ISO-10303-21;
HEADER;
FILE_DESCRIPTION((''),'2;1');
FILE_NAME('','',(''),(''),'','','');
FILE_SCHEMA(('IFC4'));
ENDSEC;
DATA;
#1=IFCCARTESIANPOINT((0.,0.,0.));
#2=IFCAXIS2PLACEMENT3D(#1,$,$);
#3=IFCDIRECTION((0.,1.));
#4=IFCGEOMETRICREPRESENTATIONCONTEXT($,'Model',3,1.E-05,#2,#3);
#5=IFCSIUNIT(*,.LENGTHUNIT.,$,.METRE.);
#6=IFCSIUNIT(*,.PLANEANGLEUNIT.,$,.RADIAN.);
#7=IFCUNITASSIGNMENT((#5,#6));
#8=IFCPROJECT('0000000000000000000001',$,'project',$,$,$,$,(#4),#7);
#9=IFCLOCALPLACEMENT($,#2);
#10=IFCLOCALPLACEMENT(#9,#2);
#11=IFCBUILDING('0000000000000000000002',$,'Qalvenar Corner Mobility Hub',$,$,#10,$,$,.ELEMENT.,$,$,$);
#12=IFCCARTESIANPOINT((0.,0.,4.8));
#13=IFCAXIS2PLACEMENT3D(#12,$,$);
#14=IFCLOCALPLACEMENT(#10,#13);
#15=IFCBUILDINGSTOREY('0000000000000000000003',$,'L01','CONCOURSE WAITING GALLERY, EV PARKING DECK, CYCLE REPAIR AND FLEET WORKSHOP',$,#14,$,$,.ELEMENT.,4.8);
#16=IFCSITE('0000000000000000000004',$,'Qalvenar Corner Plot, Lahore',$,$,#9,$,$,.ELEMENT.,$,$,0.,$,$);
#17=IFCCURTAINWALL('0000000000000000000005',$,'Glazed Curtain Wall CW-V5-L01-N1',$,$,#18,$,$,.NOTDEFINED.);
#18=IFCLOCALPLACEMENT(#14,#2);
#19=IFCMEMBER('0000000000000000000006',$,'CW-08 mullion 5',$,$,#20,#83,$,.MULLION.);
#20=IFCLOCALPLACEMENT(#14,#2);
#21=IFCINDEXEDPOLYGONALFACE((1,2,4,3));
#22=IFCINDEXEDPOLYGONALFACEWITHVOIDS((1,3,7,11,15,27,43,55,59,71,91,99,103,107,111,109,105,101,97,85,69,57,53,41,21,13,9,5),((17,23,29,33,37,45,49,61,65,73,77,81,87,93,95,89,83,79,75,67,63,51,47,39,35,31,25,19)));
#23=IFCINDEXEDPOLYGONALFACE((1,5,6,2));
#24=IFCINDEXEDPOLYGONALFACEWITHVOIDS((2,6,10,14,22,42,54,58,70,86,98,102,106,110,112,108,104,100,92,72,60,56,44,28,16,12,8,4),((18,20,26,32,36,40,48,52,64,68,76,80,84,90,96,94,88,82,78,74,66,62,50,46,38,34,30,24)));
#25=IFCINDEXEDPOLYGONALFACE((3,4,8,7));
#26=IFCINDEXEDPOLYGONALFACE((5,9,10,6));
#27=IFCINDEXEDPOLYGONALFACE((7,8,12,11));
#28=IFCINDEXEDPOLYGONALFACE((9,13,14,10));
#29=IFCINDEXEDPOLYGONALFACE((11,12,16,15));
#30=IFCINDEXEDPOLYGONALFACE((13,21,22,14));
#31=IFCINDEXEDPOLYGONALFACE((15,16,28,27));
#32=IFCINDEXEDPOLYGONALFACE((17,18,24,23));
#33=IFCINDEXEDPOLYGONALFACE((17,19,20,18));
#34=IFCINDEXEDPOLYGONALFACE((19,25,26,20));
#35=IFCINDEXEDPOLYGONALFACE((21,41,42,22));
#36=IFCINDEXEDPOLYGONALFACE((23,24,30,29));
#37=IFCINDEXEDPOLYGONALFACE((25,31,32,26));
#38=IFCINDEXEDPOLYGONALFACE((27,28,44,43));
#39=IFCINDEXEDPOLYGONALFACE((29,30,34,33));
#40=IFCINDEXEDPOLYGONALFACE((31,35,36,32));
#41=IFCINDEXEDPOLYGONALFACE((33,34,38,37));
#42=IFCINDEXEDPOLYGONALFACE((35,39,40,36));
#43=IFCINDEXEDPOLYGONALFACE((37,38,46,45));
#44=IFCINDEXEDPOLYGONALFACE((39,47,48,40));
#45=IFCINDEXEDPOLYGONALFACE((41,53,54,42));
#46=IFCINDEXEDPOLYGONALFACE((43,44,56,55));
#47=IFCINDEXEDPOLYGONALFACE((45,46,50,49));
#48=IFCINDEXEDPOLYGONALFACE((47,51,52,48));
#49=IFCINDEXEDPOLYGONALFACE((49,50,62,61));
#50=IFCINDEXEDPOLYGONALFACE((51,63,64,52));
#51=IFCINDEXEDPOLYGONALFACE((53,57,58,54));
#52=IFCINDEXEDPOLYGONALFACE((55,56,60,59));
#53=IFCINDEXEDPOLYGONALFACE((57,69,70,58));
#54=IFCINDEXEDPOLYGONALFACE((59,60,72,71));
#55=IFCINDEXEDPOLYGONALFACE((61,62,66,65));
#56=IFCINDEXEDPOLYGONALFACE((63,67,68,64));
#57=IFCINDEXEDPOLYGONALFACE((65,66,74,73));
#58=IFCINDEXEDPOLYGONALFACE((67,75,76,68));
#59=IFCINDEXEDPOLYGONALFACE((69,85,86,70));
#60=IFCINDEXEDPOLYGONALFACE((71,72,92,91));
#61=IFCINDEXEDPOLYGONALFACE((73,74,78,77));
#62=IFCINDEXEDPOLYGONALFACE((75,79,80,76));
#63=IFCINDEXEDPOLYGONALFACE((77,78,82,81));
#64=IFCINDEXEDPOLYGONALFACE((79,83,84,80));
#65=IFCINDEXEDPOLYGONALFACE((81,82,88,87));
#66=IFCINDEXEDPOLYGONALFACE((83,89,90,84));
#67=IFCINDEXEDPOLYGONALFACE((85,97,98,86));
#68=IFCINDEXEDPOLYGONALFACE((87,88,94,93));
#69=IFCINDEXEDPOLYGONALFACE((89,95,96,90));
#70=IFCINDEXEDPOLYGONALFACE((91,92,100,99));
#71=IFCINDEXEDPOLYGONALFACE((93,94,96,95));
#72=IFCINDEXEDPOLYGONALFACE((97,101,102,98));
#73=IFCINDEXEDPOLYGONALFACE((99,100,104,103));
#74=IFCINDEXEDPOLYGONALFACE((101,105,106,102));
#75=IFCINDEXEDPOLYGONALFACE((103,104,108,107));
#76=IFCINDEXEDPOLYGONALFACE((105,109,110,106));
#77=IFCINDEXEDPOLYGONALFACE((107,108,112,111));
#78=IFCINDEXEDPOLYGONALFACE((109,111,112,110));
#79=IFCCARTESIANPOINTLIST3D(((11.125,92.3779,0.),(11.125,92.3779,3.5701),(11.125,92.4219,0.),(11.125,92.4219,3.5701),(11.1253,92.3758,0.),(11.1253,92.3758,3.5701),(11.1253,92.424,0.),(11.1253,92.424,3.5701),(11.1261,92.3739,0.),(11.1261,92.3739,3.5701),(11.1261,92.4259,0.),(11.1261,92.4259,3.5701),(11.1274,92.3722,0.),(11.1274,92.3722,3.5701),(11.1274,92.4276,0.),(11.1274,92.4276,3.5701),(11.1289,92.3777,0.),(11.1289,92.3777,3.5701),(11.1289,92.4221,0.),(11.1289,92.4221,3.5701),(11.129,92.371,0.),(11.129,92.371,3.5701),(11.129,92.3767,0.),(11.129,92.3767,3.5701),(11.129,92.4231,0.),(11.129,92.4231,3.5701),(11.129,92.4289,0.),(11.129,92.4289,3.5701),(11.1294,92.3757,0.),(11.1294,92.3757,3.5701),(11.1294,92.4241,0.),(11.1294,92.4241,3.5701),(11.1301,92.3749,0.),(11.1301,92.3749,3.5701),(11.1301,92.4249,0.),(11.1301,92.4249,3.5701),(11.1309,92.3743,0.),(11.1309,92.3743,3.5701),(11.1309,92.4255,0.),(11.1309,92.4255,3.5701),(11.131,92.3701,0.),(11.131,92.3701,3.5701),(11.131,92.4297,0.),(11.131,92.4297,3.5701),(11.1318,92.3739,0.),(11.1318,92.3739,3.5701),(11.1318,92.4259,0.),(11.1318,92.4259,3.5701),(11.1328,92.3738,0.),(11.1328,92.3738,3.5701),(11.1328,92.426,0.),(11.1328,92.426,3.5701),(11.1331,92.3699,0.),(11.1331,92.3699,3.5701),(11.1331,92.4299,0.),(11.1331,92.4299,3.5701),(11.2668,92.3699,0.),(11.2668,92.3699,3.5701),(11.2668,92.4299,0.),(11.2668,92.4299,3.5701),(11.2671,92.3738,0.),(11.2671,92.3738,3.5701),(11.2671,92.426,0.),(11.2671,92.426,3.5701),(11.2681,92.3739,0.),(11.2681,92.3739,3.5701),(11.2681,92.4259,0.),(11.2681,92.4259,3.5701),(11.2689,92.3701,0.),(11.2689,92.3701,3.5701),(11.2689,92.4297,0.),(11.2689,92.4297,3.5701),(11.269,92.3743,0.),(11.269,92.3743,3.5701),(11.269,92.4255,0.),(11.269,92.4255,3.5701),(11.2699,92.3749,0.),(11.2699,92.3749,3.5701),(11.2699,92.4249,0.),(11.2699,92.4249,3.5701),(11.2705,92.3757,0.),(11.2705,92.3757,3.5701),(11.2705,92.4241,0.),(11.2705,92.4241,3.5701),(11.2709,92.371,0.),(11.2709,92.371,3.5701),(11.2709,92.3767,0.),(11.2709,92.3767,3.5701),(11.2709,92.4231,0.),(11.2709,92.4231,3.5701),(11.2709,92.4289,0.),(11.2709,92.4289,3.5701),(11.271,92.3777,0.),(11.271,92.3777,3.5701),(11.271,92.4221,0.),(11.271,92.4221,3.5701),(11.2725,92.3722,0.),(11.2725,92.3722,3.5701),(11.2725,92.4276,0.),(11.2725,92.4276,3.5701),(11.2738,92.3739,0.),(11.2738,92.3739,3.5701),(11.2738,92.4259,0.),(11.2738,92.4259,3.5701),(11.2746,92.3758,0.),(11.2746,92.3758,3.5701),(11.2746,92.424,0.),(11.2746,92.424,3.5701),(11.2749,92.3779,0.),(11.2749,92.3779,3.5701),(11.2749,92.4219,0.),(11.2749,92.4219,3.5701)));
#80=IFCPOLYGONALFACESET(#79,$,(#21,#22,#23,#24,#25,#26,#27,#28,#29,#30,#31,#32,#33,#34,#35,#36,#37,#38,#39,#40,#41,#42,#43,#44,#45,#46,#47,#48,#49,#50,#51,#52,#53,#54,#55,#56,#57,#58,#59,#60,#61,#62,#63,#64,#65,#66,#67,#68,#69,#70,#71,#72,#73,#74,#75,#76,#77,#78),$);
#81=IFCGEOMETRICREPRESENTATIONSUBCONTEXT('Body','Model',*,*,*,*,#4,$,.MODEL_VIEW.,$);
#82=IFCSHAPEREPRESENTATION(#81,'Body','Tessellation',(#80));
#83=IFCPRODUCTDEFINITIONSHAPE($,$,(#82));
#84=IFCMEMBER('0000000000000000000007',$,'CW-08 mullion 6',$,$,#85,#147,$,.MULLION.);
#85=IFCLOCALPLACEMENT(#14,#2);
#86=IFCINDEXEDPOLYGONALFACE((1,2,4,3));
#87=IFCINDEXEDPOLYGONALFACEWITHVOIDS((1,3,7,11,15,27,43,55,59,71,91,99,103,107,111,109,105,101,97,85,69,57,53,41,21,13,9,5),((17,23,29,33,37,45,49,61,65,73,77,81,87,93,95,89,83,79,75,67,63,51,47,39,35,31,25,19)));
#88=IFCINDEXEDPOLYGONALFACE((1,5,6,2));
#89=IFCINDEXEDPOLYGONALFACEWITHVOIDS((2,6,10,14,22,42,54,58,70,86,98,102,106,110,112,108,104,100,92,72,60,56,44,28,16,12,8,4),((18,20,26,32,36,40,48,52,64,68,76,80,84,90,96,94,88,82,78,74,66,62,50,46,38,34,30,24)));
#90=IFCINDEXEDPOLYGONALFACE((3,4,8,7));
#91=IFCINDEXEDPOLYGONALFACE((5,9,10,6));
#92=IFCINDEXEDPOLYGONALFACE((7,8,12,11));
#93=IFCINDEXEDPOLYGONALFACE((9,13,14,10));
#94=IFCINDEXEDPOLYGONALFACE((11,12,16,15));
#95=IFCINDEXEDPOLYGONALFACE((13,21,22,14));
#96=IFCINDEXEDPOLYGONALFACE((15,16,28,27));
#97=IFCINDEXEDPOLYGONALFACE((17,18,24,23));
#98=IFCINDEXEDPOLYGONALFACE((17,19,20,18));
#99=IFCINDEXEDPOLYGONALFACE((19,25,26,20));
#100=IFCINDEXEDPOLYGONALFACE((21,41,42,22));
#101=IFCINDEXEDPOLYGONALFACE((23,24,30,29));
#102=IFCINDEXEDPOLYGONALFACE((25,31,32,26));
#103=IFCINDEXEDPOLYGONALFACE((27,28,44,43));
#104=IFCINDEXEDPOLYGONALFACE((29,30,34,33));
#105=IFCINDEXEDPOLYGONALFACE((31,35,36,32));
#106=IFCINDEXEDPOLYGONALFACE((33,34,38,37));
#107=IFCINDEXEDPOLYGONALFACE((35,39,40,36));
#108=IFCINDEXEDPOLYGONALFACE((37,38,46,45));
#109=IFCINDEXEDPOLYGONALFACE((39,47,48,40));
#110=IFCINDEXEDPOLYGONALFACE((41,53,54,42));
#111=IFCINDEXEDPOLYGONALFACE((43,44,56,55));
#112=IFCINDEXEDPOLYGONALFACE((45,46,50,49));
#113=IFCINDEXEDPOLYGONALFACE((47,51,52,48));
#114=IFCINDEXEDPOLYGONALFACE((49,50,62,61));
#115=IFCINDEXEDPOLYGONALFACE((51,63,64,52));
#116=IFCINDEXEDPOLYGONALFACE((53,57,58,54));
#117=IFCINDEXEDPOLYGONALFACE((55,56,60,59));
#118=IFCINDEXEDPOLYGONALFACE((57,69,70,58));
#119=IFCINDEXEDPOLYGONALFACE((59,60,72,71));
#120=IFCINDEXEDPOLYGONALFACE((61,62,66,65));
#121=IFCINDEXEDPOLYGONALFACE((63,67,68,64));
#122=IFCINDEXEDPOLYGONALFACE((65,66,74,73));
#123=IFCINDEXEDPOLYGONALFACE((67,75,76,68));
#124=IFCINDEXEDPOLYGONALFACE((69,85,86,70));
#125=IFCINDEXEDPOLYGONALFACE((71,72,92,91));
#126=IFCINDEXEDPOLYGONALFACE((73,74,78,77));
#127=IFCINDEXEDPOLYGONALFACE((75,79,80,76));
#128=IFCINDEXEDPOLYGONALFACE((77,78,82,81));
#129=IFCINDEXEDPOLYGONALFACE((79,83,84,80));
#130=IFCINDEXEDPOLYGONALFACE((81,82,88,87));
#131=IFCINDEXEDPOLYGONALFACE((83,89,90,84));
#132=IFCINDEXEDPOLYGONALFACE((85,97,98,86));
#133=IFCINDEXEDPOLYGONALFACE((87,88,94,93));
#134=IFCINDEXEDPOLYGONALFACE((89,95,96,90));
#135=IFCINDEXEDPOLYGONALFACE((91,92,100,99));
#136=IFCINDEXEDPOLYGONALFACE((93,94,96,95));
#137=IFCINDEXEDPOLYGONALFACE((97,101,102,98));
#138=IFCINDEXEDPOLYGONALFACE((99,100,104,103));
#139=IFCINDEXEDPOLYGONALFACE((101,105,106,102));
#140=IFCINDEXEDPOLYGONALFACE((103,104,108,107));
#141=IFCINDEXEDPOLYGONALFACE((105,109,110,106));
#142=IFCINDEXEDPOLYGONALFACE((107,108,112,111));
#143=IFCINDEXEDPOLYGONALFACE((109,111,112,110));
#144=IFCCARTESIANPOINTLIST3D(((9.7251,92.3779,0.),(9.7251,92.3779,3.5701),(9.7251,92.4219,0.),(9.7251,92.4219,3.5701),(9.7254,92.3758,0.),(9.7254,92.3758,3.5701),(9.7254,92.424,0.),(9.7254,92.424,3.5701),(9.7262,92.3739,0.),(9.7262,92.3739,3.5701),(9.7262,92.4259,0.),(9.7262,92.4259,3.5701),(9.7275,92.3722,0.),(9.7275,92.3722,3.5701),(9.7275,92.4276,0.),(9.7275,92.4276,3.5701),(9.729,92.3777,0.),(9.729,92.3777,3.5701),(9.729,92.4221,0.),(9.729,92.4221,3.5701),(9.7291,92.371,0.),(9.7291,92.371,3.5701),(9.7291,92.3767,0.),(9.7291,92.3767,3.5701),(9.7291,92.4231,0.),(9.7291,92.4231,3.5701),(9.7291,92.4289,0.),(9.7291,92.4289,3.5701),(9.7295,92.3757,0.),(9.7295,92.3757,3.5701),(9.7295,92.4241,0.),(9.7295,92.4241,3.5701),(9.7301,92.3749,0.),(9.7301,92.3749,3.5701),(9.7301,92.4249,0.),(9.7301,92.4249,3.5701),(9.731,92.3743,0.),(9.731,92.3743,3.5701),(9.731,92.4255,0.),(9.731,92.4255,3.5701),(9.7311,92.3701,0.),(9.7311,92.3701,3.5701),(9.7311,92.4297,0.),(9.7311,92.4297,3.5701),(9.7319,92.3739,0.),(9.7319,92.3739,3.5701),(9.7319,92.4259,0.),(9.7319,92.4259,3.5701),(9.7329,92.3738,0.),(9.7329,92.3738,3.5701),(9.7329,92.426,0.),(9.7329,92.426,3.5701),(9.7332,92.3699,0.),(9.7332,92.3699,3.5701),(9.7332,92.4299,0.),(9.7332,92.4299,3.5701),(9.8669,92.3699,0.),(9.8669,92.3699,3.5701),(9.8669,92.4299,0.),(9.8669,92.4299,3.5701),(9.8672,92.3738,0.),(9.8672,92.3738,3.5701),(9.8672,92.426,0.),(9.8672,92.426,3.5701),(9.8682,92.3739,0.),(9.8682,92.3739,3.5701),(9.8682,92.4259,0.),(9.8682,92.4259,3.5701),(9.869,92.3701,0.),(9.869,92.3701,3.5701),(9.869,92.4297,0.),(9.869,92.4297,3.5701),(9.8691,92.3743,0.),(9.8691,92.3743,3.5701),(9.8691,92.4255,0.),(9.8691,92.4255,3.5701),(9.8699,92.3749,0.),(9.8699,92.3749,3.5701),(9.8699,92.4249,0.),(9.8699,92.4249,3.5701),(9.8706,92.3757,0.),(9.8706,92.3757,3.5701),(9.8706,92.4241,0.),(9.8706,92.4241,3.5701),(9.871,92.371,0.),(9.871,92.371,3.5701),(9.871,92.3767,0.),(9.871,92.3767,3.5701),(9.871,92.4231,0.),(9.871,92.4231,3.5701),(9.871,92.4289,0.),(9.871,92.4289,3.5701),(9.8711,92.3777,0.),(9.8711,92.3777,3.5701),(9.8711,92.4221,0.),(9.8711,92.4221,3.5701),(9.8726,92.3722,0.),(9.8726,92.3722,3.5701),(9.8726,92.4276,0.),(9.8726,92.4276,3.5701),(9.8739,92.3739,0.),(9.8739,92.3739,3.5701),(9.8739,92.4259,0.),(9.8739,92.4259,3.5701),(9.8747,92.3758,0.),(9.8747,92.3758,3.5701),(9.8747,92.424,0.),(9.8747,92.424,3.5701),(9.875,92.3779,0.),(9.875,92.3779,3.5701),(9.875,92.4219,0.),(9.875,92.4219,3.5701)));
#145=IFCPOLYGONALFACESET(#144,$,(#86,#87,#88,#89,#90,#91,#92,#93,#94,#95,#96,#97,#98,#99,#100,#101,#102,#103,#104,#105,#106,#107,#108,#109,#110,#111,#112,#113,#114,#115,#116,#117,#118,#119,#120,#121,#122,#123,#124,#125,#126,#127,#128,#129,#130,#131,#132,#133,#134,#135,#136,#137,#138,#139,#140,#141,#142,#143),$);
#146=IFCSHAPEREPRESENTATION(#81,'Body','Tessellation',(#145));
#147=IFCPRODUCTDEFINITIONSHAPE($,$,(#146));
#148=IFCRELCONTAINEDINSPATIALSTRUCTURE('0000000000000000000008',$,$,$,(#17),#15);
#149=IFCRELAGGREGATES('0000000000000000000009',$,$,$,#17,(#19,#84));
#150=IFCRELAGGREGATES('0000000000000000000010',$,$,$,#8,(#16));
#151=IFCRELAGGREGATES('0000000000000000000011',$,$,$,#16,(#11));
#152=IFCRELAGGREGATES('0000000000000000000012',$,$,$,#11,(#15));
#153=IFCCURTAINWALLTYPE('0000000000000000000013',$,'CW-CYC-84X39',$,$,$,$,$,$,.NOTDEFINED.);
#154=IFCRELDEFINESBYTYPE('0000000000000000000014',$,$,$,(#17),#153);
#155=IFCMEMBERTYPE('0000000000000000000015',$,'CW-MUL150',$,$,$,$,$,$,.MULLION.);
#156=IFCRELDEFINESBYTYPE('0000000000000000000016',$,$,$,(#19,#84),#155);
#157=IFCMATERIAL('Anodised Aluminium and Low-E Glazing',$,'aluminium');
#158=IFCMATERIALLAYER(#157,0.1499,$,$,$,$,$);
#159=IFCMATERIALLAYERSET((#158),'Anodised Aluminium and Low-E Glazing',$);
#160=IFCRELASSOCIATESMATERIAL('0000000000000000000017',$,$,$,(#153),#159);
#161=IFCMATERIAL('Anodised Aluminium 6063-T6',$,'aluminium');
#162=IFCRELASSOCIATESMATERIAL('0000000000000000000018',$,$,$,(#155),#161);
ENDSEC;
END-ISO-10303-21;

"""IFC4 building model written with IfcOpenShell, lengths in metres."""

from ifc_helpers import new_model, si_unit, direction, frame, origin, origin_2d, place, context, subcontext, project, spatial, hollow_rectangle, extrude, material, layer, layer_set, material_profile, profile_set, type_object, element, aggregate, save


model = new_model("IFC4")

# Units and contexts
model_context = context("Model", 3, precision=1e-05, world=origin(), true_north=direction((0.0, 1.0)))
body_context = subcontext(model_context, "Body", "Model", "MODEL_VIEW")
ifc_project = project(units=[si_unit("LENGTHUNIT", "METRE"), si_unit("PLANEANGLEUNIT", "RADIAN")], contexts=[model_context])

# Site, building, storey
site_placement = place(None, origin())
site = spatial("IfcSite", under=ifc_project, at=site_placement, Name="Qalvenar Corner Plot, Lahore", CompositionType="ELEMENT", RefElevation=0.0)
building_placement = place(site_placement, origin())
building = spatial("IfcBuilding", under=site, at=building_placement, Name="Qalvenar Corner Mobility Hub", CompositionType="ELEMENT")
storey_placement = place(building_placement, frame((0.0, 0.0, 4.8)))
storey = spatial("IfcBuildingStorey", under=building, at=storey_placement, Name="L01", Description="CONCOURSE WAITING GALLERY, EV PARKING DECK, CYCLE REPAIR AND FLEET WORKSHOP", CompositionType="ELEMENT", Elevation=4.8)

# Curtain wall, members
ifc_material_1 = material(Name="Anodised Aluminium and Low-E Glazing", Category="aluminium")
ifc_layer_1 = layer(ifc_material_1, 0.1499)
ifc_layer_set_1 = layer_set([ifc_layer_1], Name="Anodised Aluminium and Low-E Glazing")
curtain_wall_type = type_object("IfcCurtainWallType", Name="CW-CYC-84X39", PredefinedType="NOTDEFINED", material=ifc_layer_set_1)
curtain_wall_placement = place(storey_placement, origin())
curtain_wall = element("IfcCurtainWall", 1, at=curtain_wall_placement, inside=storey, type_object=curtain_wall_type, Name="Glazed Curtain Wall CW-V5-L01-N1", PredefinedType="NOTDEFINED")
ifc_material_2 = material(Name="Anodised Aluminium 6063-T6", Category="aluminium")
ifc_material_profile_1 = material_profile(ifc_material_2, hollow_rectangle(XDim=0.0601, YDim=0.1499, WallThickness=0.0039, InnerFilletRadius=0.0039, OuterFilletRadius=0.0081, at=origin_2d()), Name="RHS150x60x4")
ifc_profile_set_1 = profile_set([ifc_material_profile_1], Name="Anodised Aluminium 6063-T6")
member_type_1 = type_object("IfcMemberType", Name="CW-MUL150", PredefinedType="MULLION", material=ifc_profile_set_1)
member_1_placement = place(storey_placement, frame((11.2, 92.3999, 0.0), z_axis=(0.0, 0.0, 1.0), x_axis=(0.0, -1.0, 0.0)))
member_1 = element("IfcMember", 2, at=member_1_placement, type_object=member_type_1, Name="CW-08 mullion 5", PredefinedType="MULLION", context=body_context, shape_type="SweptSolid", body=[
    extrude(hollow_rectangle(XDim=0.0601, YDim=0.1499, WallThickness=0.0039, InnerFilletRadius=0.0039, OuterFilletRadius=0.0081, at=origin_2d()), origin(), (0.0, 0.0, 1.0), 3.5701),
])
member_2_placement = place(storey_placement, frame((9.8, 92.3999, 0.0), z_axis=(0.0, 0.0, 1.0), x_axis=(0.0, -1.0, 0.0)))
member_2 = element("IfcMember", 3, at=member_2_placement, type_object=member_type_1, Name="CW-08 mullion 6", PredefinedType="MULLION", context=body_context, shape_type="SweptSolid", body=[
    extrude(hollow_rectangle(XDim=0.0601, YDim=0.1499, WallThickness=0.0039, InnerFilletRadius=0.0039, OuterFilletRadius=0.0081, at=origin_2d()), origin(), (0.0, 0.0, 1.0), 3.5701),
])
aggregate(curtain_wall, [member_1, member_2])

save(model, "model.ifc")
